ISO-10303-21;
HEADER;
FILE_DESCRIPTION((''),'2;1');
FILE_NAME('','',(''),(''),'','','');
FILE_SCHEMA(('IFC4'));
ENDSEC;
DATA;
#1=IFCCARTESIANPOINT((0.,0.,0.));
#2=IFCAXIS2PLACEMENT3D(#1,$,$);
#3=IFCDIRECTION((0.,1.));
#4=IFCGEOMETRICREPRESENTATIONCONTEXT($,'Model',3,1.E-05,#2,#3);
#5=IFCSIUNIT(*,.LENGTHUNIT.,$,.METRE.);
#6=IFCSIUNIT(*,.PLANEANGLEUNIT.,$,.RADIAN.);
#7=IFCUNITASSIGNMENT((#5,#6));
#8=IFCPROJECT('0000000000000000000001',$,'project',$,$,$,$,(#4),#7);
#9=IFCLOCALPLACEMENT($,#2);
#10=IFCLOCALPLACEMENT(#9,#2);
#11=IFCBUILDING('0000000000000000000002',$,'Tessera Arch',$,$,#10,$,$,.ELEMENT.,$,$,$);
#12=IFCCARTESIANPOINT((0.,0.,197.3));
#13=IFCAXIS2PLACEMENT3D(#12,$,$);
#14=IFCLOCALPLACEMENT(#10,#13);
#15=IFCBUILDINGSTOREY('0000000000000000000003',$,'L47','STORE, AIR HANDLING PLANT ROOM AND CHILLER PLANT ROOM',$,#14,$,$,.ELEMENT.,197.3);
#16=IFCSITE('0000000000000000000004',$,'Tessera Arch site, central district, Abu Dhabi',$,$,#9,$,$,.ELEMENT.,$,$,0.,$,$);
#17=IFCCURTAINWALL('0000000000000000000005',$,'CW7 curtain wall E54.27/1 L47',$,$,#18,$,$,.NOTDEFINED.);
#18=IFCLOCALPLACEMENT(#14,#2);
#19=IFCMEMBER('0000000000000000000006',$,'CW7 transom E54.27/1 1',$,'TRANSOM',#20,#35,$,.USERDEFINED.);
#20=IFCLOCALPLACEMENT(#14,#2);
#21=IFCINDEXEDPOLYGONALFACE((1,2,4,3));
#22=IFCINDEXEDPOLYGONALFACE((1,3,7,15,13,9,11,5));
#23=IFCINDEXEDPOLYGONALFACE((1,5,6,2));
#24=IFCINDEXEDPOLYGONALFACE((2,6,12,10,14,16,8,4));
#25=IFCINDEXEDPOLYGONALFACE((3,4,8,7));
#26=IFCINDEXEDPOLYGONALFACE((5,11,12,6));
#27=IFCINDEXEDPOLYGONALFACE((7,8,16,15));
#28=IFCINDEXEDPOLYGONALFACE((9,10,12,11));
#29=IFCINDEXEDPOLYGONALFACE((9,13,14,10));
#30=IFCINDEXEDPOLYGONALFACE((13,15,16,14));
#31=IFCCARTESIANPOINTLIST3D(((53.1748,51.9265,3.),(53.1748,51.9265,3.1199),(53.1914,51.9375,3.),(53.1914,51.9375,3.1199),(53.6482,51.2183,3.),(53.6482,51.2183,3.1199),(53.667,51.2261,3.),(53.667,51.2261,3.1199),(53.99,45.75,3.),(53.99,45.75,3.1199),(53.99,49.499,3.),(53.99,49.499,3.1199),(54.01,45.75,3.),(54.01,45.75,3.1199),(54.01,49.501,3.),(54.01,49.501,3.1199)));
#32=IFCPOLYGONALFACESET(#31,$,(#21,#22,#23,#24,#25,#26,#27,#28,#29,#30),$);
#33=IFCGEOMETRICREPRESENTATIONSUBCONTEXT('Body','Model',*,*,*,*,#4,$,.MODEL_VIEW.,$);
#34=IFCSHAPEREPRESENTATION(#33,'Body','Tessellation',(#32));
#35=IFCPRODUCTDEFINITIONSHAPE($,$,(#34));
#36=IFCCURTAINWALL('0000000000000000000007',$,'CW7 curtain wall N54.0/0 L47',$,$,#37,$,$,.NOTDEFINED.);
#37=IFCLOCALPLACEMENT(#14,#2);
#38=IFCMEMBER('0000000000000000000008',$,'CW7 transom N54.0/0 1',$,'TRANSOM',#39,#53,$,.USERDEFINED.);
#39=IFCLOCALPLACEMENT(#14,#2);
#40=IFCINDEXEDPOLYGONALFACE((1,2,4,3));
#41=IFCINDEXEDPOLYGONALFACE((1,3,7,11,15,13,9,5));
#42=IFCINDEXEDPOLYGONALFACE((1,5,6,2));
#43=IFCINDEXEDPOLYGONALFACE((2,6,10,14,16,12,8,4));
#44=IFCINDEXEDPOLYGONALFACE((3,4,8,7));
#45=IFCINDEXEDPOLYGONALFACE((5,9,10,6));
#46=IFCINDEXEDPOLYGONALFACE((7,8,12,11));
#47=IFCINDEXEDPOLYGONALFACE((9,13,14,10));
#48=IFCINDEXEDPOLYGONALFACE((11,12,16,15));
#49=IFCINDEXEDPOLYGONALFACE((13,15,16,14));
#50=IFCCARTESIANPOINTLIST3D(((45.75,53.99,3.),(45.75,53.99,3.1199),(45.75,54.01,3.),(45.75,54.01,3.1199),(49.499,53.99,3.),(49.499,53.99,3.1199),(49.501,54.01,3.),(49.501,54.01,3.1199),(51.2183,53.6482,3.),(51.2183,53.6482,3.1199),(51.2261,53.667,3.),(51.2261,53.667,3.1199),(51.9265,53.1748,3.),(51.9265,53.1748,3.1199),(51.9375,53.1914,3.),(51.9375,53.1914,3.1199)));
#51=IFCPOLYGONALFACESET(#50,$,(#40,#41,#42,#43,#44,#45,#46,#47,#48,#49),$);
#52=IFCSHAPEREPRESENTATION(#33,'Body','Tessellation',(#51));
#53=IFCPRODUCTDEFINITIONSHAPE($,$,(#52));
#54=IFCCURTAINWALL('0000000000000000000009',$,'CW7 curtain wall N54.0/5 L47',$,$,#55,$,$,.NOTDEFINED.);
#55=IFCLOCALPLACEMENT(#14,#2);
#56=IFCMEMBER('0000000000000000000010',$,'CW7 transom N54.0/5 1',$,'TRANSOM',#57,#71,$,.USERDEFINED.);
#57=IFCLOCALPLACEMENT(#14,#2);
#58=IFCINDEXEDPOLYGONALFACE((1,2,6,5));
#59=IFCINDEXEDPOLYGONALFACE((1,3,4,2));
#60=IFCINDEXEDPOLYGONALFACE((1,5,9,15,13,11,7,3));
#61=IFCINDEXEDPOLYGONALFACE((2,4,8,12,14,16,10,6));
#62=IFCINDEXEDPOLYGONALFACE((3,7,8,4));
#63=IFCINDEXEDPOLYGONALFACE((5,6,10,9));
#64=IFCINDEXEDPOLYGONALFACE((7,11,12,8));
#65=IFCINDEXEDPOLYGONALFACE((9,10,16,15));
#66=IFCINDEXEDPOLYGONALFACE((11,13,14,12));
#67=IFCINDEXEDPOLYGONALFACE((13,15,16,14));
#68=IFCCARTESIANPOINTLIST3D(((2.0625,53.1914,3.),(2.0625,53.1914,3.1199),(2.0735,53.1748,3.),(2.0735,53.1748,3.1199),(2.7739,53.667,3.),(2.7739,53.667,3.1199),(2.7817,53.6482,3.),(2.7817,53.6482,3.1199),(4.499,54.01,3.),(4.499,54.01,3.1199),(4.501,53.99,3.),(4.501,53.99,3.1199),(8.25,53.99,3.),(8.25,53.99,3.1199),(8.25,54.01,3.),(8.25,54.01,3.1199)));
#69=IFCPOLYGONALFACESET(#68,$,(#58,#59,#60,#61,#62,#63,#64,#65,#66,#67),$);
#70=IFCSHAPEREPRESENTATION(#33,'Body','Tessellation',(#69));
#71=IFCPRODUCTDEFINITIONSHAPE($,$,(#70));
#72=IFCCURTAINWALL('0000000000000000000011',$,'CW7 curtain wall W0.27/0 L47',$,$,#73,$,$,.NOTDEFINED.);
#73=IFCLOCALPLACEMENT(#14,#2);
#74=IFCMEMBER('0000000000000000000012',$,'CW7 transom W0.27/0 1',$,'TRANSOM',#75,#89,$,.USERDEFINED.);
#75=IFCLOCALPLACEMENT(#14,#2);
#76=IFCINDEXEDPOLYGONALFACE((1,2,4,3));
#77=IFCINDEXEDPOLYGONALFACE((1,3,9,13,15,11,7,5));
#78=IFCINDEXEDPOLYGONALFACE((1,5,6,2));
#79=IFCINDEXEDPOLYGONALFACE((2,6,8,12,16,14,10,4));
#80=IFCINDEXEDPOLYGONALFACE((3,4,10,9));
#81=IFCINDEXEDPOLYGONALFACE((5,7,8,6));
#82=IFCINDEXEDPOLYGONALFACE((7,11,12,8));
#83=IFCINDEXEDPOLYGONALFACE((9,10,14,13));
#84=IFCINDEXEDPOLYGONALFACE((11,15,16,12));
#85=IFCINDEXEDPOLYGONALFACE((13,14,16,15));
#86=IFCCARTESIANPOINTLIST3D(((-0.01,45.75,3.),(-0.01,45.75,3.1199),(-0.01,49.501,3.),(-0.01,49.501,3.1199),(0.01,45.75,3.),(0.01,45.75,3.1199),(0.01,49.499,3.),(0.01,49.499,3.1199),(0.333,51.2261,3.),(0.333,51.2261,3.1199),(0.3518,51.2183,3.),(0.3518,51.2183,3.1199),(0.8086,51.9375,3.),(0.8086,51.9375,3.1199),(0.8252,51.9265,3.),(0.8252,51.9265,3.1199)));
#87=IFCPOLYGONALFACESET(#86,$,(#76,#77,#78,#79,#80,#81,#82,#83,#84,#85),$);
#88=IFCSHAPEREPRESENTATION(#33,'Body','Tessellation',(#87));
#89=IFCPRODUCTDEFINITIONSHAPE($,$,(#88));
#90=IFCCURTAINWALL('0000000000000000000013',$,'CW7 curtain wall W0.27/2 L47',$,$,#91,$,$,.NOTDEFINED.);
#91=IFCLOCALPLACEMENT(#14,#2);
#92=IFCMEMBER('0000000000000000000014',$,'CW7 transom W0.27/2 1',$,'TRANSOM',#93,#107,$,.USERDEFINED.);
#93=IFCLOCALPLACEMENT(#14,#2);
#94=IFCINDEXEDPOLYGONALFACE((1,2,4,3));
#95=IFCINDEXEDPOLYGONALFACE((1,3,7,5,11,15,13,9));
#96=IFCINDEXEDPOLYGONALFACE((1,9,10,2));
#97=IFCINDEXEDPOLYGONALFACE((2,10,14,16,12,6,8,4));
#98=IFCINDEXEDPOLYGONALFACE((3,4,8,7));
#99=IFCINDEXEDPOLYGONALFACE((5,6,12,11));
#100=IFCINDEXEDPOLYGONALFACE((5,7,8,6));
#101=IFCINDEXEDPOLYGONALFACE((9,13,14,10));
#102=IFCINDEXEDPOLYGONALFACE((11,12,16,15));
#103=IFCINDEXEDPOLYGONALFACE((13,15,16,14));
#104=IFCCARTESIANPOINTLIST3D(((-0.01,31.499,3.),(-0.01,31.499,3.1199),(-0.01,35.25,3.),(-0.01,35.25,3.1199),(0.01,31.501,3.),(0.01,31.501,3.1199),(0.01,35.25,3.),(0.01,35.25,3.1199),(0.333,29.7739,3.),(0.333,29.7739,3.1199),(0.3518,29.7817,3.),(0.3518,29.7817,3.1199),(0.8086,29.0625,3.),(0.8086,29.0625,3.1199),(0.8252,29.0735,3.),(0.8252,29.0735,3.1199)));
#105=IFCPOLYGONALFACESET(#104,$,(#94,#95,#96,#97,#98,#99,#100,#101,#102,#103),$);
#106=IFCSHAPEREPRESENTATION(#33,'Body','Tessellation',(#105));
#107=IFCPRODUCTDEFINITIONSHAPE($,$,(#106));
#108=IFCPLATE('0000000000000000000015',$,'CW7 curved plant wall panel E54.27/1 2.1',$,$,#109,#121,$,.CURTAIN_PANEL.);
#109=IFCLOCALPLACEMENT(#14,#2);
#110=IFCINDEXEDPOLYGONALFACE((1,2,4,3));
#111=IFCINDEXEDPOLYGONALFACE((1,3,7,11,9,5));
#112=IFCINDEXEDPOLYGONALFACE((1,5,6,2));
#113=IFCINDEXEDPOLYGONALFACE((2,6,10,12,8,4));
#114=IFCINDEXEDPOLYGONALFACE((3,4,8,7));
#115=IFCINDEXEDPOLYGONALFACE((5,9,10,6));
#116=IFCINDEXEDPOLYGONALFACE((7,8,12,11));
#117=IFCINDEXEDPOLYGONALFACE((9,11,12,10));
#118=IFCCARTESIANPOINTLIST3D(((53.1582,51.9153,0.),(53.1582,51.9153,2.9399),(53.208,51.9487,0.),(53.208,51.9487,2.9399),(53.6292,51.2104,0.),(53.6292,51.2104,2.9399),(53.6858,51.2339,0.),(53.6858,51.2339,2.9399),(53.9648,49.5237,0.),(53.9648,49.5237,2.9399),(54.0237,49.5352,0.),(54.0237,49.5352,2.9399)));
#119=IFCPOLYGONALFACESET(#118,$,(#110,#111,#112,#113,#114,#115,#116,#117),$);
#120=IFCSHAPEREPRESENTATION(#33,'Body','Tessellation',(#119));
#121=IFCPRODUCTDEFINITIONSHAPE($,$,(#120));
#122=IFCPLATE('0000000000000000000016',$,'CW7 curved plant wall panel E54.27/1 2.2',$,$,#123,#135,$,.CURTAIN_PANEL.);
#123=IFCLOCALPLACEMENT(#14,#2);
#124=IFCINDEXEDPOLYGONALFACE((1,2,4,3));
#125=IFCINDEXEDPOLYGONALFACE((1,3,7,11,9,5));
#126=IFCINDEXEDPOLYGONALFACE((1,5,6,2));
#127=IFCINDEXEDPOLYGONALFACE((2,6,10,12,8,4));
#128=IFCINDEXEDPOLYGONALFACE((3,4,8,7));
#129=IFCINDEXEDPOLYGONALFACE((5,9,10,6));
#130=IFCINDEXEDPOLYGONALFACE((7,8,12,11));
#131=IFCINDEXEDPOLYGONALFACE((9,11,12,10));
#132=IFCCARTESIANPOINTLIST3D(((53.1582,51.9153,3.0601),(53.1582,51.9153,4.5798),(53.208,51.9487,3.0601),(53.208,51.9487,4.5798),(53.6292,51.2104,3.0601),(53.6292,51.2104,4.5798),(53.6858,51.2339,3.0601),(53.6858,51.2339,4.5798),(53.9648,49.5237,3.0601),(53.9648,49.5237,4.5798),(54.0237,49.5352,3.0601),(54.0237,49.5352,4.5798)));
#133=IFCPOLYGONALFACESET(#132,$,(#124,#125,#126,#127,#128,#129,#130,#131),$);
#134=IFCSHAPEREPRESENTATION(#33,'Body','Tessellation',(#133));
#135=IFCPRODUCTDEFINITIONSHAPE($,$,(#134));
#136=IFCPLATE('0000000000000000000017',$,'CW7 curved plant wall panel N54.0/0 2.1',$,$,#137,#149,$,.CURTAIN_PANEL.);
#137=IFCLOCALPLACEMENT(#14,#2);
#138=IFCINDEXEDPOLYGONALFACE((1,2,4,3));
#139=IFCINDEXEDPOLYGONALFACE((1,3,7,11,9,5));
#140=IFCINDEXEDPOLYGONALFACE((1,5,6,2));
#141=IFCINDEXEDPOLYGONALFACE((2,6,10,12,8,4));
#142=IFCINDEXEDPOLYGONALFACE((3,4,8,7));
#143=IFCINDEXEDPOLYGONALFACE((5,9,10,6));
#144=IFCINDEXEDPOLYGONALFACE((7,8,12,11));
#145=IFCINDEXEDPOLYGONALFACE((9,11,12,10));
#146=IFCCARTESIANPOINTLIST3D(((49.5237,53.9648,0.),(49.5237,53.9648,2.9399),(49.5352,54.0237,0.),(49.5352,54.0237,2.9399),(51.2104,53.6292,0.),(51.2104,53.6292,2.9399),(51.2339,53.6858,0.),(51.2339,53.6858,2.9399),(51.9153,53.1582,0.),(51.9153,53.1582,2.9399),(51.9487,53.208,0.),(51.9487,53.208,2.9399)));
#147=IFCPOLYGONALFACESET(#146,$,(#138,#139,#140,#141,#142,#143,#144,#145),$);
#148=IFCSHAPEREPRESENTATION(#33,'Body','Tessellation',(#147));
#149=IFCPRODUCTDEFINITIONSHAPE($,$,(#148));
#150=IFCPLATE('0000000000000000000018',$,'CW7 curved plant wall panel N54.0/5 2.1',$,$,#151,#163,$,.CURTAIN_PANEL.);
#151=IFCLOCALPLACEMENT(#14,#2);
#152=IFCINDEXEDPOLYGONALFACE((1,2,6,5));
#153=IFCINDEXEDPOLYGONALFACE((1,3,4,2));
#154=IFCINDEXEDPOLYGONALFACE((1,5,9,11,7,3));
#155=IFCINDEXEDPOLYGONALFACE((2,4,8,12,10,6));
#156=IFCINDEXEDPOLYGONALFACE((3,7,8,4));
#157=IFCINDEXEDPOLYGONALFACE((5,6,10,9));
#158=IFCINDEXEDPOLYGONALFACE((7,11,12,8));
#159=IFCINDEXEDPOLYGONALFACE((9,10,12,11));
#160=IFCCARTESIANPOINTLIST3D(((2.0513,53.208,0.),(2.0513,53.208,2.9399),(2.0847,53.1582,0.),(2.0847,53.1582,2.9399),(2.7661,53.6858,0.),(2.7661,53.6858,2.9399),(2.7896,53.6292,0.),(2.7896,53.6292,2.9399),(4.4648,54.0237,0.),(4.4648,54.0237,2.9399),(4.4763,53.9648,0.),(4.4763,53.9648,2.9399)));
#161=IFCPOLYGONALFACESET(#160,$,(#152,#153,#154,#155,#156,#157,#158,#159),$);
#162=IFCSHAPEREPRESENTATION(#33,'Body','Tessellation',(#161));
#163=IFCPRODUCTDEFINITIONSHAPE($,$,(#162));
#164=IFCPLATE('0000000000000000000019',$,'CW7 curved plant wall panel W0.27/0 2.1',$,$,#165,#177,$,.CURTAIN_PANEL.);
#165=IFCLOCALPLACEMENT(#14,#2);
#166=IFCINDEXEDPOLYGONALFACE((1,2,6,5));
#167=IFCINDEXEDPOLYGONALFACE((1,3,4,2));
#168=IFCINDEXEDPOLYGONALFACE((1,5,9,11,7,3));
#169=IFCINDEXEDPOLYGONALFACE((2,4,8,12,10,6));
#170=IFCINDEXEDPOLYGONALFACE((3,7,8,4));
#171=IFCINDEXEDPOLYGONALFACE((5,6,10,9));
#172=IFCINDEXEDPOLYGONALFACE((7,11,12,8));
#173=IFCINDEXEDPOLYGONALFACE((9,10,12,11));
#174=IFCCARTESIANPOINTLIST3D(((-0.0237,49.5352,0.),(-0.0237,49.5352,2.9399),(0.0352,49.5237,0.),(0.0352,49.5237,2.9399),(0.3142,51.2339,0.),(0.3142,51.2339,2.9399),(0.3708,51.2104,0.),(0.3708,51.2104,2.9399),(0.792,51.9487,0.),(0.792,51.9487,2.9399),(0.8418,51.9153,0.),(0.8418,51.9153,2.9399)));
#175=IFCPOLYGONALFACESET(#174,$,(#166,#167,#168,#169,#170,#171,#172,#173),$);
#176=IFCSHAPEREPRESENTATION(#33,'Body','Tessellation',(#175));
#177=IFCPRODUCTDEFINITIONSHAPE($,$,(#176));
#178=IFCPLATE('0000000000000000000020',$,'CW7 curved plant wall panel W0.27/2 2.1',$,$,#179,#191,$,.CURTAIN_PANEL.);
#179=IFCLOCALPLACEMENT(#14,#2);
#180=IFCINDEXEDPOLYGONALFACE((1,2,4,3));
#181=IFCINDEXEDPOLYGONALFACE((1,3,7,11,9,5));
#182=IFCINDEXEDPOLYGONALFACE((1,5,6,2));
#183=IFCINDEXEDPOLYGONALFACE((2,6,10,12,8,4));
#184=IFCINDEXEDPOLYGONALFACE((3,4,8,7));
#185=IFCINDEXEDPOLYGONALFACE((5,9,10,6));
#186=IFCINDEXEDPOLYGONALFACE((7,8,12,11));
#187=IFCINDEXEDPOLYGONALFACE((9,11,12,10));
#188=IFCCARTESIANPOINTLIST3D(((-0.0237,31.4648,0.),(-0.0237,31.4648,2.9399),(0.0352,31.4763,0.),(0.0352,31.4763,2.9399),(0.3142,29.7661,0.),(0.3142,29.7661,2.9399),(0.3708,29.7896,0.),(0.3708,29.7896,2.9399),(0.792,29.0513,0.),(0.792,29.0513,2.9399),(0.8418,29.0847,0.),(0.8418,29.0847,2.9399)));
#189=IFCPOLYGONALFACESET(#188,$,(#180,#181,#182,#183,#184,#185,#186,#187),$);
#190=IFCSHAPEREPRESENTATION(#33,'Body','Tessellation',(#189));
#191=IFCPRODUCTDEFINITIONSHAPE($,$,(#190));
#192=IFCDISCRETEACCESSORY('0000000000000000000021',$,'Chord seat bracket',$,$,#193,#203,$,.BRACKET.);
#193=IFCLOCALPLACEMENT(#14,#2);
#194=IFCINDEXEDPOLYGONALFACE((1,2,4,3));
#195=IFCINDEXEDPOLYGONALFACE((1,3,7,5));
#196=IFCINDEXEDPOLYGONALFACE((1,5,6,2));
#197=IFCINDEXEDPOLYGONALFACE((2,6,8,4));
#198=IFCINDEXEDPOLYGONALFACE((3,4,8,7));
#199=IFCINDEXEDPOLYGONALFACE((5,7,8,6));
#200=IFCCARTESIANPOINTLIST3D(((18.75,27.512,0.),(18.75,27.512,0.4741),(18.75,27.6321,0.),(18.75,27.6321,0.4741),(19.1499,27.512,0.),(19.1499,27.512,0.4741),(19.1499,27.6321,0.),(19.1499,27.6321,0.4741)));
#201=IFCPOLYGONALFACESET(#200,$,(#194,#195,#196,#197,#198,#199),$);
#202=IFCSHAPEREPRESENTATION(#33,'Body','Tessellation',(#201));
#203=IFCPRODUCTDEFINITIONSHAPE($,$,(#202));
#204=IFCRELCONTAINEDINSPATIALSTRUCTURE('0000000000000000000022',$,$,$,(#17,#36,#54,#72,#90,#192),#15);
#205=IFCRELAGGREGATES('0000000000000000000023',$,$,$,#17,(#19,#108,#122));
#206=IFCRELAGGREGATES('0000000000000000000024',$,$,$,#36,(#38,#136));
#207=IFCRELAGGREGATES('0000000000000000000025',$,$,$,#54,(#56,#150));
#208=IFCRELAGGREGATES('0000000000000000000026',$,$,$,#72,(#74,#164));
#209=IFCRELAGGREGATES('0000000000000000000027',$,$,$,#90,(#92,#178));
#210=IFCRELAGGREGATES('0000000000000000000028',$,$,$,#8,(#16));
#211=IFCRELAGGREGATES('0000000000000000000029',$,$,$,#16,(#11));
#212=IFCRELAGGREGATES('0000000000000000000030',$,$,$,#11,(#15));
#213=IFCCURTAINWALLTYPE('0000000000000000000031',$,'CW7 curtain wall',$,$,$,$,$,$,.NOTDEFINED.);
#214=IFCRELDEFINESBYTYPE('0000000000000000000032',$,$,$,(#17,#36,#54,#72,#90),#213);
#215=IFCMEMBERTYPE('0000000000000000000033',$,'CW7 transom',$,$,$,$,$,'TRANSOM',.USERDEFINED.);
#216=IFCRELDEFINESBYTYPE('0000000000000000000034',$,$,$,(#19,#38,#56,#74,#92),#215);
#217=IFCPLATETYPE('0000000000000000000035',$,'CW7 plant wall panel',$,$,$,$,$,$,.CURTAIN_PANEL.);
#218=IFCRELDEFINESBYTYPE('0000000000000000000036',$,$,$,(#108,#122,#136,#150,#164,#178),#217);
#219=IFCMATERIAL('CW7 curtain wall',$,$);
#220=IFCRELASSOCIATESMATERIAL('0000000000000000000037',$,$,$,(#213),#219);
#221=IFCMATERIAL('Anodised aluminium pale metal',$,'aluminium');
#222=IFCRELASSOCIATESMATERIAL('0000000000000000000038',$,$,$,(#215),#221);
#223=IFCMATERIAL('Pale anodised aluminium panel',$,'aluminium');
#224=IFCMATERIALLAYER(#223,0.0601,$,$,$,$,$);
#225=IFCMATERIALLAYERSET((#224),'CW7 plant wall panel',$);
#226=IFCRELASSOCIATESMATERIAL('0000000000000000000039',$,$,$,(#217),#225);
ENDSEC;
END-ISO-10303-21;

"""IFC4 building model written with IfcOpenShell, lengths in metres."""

from ifc_helpers import new_model, si_unit, direction, frame, origin, origin_2d, place, context, subcontext, project, spatial, polyline, rectangle, outline, extrude, material, layer, layer_set, material_profile, profile_set, type_object, element, aggregate, save


model = new_model("IFC4")

# Units and contexts
model_context = context("Model", 3, precision=1e-05, world=origin(), true_north=direction((0.0, 1.0)))
body_context = subcontext(model_context, "Body", "Model", "MODEL_VIEW")
ifc_project = project(units=[si_unit("LENGTHUNIT", "METRE"), si_unit("PLANEANGLEUNIT", "RADIAN")], contexts=[model_context])

# Site, building, storey
site_placement = place(None, origin())
site = spatial("IfcSite", under=ifc_project, at=site_placement, Name="Tessera Arch site, central district, Abu Dhabi", CompositionType="ELEMENT", RefElevation=0.0)
building_placement = place(site_placement, origin())
building = spatial("IfcBuilding", under=site, at=building_placement, Name="Tessera Arch", CompositionType="ELEMENT")
storey_placement = place(building_placement, frame((0.0, 0.0, 197.3)))
storey = spatial("IfcBuildingStorey", under=building, at=storey_placement, Name="L47", Description="STORE, AIR HANDLING PLANT ROOM AND CHILLER PLANT ROOM", CompositionType="ELEMENT", Elevation=197.3)

# Curtain walls, members
ifc_material_1 = material(Name="CW7 curtain wall")
curtain_wall_type = type_object("IfcCurtainWallType", Name="CW7 curtain wall", PredefinedType="NOTDEFINED", material=ifc_material_1)
curtain_wall_1_placement = place(storey_placement, origin())
curtain_wall_1 = element("IfcCurtainWall", 1, at=curtain_wall_1_placement, inside=storey, type_object=curtain_wall_type, Name="CW7 curtain wall E54.27/1 L47", PredefinedType="NOTDEFINED")
ifc_material_2 = material(Name="Anodised aluminium pale metal", Category="aluminium")
ifc_material_profile = material_profile(ifc_material_2, rectangle(XDim=0.1599, YDim=0.1201, at=origin_2d()), Name="AL 160x120")
ifc_profile_set = profile_set([ifc_material_profile], Name="Anodised aluminium pale metal")
member_type = type_object("IfcMemberType", Name="CW7 transom", ElementType="TRANSOM", PredefinedType="USERDEFINED", material=ifc_profile_set)
member_1_placement = place(storey_placement, frame((0.0, 0.0, 3.0)))
member_1 = element("IfcMember", 2, at=member_1_placement, type_object=member_type, Name="CW7 transom E54.27/1 1", ObjectType="TRANSOM", PredefinedType="USERDEFINED", context=body_context, shape_type="SweptSolid", body=[
    extrude(outline(polyline([(53.99, 49.499), (53.99, 45.75), (54.01, 45.75), (54.01, 49.501), (53.667, 51.2261), (53.1914, 51.9375), (53.1748, 51.9265), (53.6482, 51.2183), (53.99, 49.499)])), origin(), (0.0, 0.0, 1.0), 0.1199),
])
curtain_wall_2_placement = place(storey_placement, origin())
curtain_wall_2 = element("IfcCurtainWall", 3, at=curtain_wall_2_placement, inside=storey, type_object=curtain_wall_type, Name="CW7 curtain wall N54.0/0 L47", PredefinedType="NOTDEFINED")
member_2_placement = place(storey_placement, frame((0.0, 0.0, 3.0)))
member_2 = element("IfcMember", 4, at=member_2_placement, type_object=member_type, Name="CW7 transom N54.0/0 1", ObjectType="TRANSOM", PredefinedType="USERDEFINED", context=body_context, shape_type="SweptSolid", body=[
    extrude(outline(polyline([(51.2183, 53.6482), (51.9265, 53.1748), (51.9375, 53.1914), (51.2261, 53.667), (49.501, 54.01), (45.75, 54.01), (45.75, 53.99), (49.499, 53.99), (51.2183, 53.6482)])), origin(), (0.0, 0.0, 1.0), 0.1199),
])
curtain_wall_3_placement = place(storey_placement, origin())
curtain_wall_3 = element("IfcCurtainWall", 5, at=curtain_wall_3_placement, inside=storey, type_object=curtain_wall_type, Name="CW7 curtain wall N54.0/5 L47", PredefinedType="NOTDEFINED")
member_3_placement = place(storey_placement, frame((0.0, 0.0, 3.0)))
member_3 = element("IfcMember", 6, at=member_3_placement, type_object=member_type, Name="CW7 transom N54.0/5 1", ObjectType="TRANSOM", PredefinedType="USERDEFINED", context=body_context, shape_type="SweptSolid", body=[
    extrude(outline(polyline([(4.501, 53.99), (8.25, 53.99), (8.25, 54.01), (4.499, 54.01), (2.7739, 53.667), (2.0625, 53.1914), (2.0735, 53.1748), (2.7817, 53.6482), (4.501, 53.99)])), origin(), (0.0, 0.0, 1.0), 0.1199),
])
curtain_wall_4_placement = place(storey_placement, origin())
curtain_wall_4 = element("IfcCurtainWall", 7, at=curtain_wall_4_placement, inside=storey, type_object=curtain_wall_type, Name="CW7 curtain wall W0.27/0 L47", PredefinedType="NOTDEFINED")
member_4_placement = place(storey_placement, frame((0.0, 0.0, 3.0)))
member_4 = element("IfcMember", 8, at=member_4_placement, type_object=member_type, Name="CW7 transom W0.27/0 1", ObjectType="TRANSOM", PredefinedType="USERDEFINED", context=body_context, shape_type="SweptSolid", body=[
    extrude(outline(polyline([(0.3518, 51.2183), (0.8252, 51.9265), (0.8086, 51.9375), (0.333, 51.2261), (-0.01, 49.501), (-0.01, 45.75), (0.01, 45.75), (0.01, 49.499), (0.3518, 51.2183)])), origin(), (0.0, 0.0, 1.0), 0.1199),
])
curtain_wall_5_placement = place(storey_placement, origin())
curtain_wall_5 = element("IfcCurtainWall", 9, at=curtain_wall_5_placement, inside=storey, type_object=curtain_wall_type, Name="CW7 curtain wall W0.27/2 L47", PredefinedType="NOTDEFINED")
member_5_placement = place(storey_placement, frame((0.0, 0.0, 3.0)))
member_5 = element("IfcMember", 10, at=member_5_placement, type_object=member_type, Name="CW7 transom W0.27/2 1", ObjectType="TRANSOM", PredefinedType="USERDEFINED", context=body_context, shape_type="SweptSolid", body=[
    extrude(outline(polyline([(0.01, 31.501), (0.01, 35.25), (-0.01, 35.25), (-0.01, 31.499), (0.333, 29.7739), (0.8086, 29.0625), (0.8252, 29.0735), (0.3518, 29.7817), (0.01, 31.501)])), origin(), (0.0, 0.0, 1.0), 0.1199),
])

# Plates
ifc_material_3 = material(Name="Pale anodised aluminium panel", Category="aluminium")
ifc_layer = layer(ifc_material_3, 0.0601)
ifc_layer_set = layer_set([ifc_layer], Name="CW7 plant wall panel")
plate_type = type_object("IfcPlateType", Name="CW7 plant wall panel", PredefinedType="CURTAIN_PANEL", material=ifc_layer_set)
plate_1_placement = place(storey_placement, origin())
plate_1 = element("IfcPlate", 11, at=plate_1_placement, type_object=plate_type, Name="CW7 curved plant wall panel E54.27/1 2.1", PredefinedType="CURTAIN_PANEL", context=body_context, shape_type="SweptSolid", body=[
    extrude(outline(polyline([(53.6292, 51.2104), (53.9648, 49.5237), (54.0237, 49.5352), (53.6858, 51.2339), (53.208, 51.9487), (53.1582, 51.9153), (53.6292, 51.2104)])), origin(), (0.0, 0.0, 1.0), 2.9399),
])
plate_2_placement = place(storey_placement, frame((0.0, 0.0, 3.0601)))
plate_2 = element("IfcPlate", 12, at=plate_2_placement, type_object=plate_type, Name="CW7 curved plant wall panel E54.27/1 2.2", PredefinedType="CURTAIN_PANEL", context=body_context, shape_type="SweptSolid", body=[
    extrude(outline(polyline([(53.6292, 51.2104), (53.9648, 49.5237), (54.0237, 49.5352), (53.6858, 51.2339), (53.208, 51.9487), (53.1582, 51.9153), (53.6292, 51.2104)])), origin(), (0.0, 0.0, 1.0), 1.5198),
])
aggregate(curtain_wall_1, [member_1, plate_1, plate_2])
plate_3_placement = place(storey_placement, origin())
plate_3 = element("IfcPlate", 13, at=plate_3_placement, type_object=plate_type, Name="CW7 curved plant wall panel N54.0/0 2.1", PredefinedType="CURTAIN_PANEL", context=body_context, shape_type="SweptSolid", body=[
    extrude(outline(polyline([(51.2104, 53.6292), (51.9153, 53.1582), (51.9487, 53.208), (51.2339, 53.6858), (49.5352, 54.0237), (49.5237, 53.9648), (51.2104, 53.6292)])), origin(), (0.0, 0.0, 1.0), 2.9399),
])
aggregate(curtain_wall_2, [member_2, plate_3])
plate_4_placement = place(storey_placement, origin())
plate_4 = element("IfcPlate", 14, at=plate_4_placement, type_object=plate_type, Name="CW7 curved plant wall panel N54.0/5 2.1", PredefinedType="CURTAIN_PANEL", context=body_context, shape_type="SweptSolid", body=[
    extrude(outline(polyline([(2.7896, 53.6292), (4.4763, 53.9648), (4.4648, 54.0237), (2.7661, 53.6858), (2.0513, 53.208), (2.0847, 53.1582), (2.7896, 53.6292)])), origin(), (0.0, 0.0, 1.0), 2.9399),
])
aggregate(curtain_wall_3, [member_3, plate_4])
plate_5_placement = place(storey_placement, origin())
plate_5 = element("IfcPlate", 15, at=plate_5_placement, type_object=plate_type, Name="CW7 curved plant wall panel W0.27/0 2.1", PredefinedType="CURTAIN_PANEL", context=body_context, shape_type="SweptSolid", body=[
    extrude(outline(polyline([(0.3708, 51.2104), (0.8418, 51.9153), (0.792, 51.9487), (0.3142, 51.2339), (-0.0237, 49.5352), (0.0352, 49.5237), (0.3708, 51.2104)])), origin(), (0.0, 0.0, 1.0), 2.9399),
])
aggregate(curtain_wall_4, [member_4, plate_5])
plate_6_placement = place(storey_placement, origin())
plate_6 = element("IfcPlate", 16, at=plate_6_placement, type_object=plate_type, Name="CW7 curved plant wall panel W0.27/2 2.1", PredefinedType="CURTAIN_PANEL", context=body_context, shape_type="SweptSolid", body=[
    extrude(outline(polyline([(0.3708, 29.7896), (0.0352, 31.4763), (-0.0237, 31.4648), (0.3142, 29.7661), (0.792, 29.0513), (0.8418, 29.0847), (0.3708, 29.7896)])), origin(), (0.0, 0.0, 1.0), 2.9399),
])
aggregate(curtain_wall_5, [member_5, plate_6])

# Discrete accessory
discrete_accessory_1_placement = place(storey_placement, origin())
element("IfcDiscreteAccessory", 17, at=discrete_accessory_1_placement, inside=storey, Name="Chord seat bracket", PredefinedType="BRACKET", context=body_context, shape_type="SweptSolid", body=[
    extrude(outline(polyline([(19.1499, 27.512), (18.75, 27.512), (18.75, 27.6321), (19.1499, 27.6321), (19.1499, 27.512)])), origin(), (0.0, 0.0, 1.0), 0.4741),
])

save(model, "model.ifc")
